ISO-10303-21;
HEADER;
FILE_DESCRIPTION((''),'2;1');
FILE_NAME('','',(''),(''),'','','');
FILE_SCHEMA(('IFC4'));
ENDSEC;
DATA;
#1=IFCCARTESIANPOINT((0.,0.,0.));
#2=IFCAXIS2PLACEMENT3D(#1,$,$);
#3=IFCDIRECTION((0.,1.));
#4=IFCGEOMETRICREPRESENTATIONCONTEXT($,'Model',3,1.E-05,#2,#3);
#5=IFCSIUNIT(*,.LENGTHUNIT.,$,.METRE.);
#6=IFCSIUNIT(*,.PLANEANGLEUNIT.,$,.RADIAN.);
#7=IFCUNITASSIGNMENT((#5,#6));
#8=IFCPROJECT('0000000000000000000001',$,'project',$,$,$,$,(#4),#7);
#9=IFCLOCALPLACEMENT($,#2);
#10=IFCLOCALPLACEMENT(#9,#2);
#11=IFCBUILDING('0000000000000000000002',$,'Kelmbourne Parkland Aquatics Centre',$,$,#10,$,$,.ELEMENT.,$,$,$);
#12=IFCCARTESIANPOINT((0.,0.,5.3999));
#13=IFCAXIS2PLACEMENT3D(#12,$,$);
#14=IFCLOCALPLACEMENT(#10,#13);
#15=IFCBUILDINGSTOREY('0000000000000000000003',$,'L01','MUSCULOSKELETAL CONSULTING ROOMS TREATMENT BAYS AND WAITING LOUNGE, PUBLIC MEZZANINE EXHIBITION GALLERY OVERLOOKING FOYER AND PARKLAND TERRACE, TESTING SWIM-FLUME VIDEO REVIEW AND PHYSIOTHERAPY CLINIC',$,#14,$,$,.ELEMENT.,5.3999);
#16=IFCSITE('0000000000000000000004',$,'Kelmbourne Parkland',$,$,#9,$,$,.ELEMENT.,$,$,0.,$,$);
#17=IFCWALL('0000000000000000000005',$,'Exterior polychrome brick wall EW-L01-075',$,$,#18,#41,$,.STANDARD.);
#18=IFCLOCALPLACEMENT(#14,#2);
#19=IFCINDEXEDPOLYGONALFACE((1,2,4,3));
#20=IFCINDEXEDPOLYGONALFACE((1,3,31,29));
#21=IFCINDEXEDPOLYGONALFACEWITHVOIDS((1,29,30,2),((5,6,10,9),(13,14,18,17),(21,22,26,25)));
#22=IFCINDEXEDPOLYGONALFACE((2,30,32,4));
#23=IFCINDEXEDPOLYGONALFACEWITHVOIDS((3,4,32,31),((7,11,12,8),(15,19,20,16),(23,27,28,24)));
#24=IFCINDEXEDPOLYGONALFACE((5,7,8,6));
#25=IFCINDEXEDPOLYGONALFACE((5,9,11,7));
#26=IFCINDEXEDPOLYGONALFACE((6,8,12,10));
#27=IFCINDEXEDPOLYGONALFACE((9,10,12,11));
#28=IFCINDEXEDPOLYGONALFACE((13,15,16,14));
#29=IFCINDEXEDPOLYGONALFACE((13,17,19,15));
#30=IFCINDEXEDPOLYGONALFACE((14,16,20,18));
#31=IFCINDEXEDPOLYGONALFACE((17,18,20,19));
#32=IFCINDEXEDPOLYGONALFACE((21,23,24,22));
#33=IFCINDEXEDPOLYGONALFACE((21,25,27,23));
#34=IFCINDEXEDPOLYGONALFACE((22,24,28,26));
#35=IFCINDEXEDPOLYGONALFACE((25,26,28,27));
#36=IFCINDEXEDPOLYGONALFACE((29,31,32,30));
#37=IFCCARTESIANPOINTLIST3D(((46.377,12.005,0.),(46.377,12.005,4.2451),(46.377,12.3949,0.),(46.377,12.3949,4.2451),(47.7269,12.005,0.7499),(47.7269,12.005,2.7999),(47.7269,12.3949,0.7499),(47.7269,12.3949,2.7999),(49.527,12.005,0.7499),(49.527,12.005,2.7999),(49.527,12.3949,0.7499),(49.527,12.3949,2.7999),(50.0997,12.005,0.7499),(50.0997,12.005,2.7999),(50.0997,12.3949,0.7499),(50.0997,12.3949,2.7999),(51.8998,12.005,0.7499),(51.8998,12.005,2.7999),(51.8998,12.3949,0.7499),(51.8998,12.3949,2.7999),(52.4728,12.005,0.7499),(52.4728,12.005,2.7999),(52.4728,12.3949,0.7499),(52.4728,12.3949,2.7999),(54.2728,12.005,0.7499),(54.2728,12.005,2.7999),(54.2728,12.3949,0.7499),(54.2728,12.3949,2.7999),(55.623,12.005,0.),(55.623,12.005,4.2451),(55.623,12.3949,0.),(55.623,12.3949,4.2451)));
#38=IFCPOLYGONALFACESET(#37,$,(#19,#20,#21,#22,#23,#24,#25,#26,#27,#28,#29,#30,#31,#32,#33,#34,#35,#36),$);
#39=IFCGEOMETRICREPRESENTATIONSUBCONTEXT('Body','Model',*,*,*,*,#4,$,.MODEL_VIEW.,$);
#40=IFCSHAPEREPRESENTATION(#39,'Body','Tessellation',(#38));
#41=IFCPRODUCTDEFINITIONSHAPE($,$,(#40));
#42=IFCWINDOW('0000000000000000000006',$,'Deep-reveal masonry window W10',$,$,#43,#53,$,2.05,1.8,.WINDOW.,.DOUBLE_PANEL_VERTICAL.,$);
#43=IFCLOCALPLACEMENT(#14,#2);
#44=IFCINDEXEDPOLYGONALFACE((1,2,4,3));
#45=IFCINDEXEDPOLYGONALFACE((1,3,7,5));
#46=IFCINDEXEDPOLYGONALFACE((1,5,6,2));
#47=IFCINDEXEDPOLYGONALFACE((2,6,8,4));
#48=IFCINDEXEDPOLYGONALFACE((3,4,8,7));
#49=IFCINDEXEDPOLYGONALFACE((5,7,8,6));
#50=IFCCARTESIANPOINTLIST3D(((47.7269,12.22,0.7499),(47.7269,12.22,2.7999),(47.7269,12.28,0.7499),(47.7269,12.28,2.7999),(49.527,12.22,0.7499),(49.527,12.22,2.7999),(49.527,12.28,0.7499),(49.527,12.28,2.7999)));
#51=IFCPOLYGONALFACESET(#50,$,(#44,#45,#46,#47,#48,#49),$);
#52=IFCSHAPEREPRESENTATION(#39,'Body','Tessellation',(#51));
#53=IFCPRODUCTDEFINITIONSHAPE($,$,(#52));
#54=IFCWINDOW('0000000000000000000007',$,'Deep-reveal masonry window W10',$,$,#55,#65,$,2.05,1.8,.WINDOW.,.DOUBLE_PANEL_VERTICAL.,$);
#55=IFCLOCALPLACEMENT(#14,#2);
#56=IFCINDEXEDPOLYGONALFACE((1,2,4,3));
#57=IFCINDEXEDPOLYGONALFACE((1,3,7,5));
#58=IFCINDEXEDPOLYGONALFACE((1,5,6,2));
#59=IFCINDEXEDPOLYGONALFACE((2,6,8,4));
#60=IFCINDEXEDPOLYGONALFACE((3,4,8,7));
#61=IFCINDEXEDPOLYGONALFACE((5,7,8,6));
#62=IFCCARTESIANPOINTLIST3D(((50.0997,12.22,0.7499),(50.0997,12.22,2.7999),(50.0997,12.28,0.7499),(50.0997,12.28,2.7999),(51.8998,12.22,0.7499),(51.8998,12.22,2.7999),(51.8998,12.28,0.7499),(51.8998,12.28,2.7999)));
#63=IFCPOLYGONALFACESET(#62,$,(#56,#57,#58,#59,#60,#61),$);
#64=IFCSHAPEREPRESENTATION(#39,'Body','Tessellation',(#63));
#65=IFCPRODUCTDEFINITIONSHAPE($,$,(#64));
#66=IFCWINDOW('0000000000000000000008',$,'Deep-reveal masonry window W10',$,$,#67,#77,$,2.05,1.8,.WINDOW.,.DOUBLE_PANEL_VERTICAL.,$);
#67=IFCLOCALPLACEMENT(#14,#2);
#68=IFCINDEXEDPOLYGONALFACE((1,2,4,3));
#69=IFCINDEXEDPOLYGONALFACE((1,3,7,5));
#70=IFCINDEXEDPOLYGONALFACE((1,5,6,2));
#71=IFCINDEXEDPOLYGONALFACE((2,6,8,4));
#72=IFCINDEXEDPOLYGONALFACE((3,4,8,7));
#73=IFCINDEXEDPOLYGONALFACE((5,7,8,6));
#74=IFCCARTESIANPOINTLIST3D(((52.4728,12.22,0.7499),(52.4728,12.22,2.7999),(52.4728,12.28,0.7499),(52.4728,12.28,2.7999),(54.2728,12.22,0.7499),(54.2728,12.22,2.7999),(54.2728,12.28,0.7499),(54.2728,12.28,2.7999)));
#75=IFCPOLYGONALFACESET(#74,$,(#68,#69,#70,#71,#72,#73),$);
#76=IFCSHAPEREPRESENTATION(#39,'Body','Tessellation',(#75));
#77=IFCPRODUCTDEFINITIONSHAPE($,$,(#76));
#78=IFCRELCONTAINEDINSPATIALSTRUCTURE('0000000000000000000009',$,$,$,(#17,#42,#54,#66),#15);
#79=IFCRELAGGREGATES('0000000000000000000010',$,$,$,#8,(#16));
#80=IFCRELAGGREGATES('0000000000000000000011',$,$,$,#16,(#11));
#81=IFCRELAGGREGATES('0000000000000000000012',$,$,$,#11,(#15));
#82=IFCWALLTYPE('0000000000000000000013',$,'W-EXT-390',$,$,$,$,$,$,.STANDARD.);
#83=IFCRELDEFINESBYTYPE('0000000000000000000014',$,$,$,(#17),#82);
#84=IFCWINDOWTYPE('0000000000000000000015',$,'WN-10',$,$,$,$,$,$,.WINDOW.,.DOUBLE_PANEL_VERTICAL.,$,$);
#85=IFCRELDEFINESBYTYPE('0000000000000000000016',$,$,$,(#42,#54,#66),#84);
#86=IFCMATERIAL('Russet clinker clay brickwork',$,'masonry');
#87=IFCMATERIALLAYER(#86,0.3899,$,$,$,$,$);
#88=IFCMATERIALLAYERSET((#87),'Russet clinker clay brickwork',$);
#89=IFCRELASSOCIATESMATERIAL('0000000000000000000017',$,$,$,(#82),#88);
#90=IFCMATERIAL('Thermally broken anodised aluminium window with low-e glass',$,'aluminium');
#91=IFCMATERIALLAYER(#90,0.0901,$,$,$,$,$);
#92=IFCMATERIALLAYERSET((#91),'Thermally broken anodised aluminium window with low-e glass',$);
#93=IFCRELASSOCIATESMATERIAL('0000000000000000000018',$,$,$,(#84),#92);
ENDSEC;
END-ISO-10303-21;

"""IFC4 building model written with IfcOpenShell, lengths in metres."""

from ifc_helpers import new_model, si_unit, direction, frame, frame_2d, origin, place, context, subcontext, project, spatial, rectangle, extrude, material, layer, layer_set, type_object, element, fill, save


model = new_model("IFC4")

# Units and contexts
model_context = context("Model", 3, precision=1e-05, world=origin(), true_north=direction((0.0, 1.0)))
body_context = subcontext(model_context, "Body", "Model", "MODEL_VIEW")
ifc_project = project(units=[si_unit("LENGTHUNIT", "METRE"), si_unit("PLANEANGLEUNIT", "RADIAN")], contexts=[model_context])

# Site, building, storey
site_placement = place(None, origin())
site = spatial("IfcSite", under=ifc_project, at=site_placement, Name="Kelmbourne Parkland", CompositionType="ELEMENT", RefElevation=0.0)
building_placement = place(site_placement, origin())
building = spatial("IfcBuilding", under=site, at=building_placement, Name="Kelmbourne Parkland Aquatics Centre", CompositionType="ELEMENT")
storey_placement = place(building_placement, frame((0.0, 0.0, 5.3999)))
storey = spatial("IfcBuildingStorey", under=building, at=storey_placement, Name="L01", Description="MUSCULOSKELETAL CONSULTING ROOMS TREATMENT BAYS AND WAITING LOUNGE, PUBLIC MEZZANINE EXHIBITION GALLERY OVERLOOKING FOYER AND PARKLAND TERRACE, TESTING SWIM-FLUME VIDEO REVIEW AND PHYSIOTHERAPY CLINIC", CompositionType="ELEMENT", Elevation=5.3999)

# Wall, openings, windows
ifc_material_1 = material(Name="Russet clinker clay brickwork", Category="masonry")
ifc_material_2 = material(Name="Thermally broken anodised aluminium window with low-e glass", Category="aluminium")
ifc_layer_1 = layer(ifc_material_1, 0.3899)
ifc_layer_set_1 = layer_set([ifc_layer_1], Name="Russet clinker clay brickwork")
wall_type_1 = type_object("IfcWallType", Name="W-EXT-390", PredefinedType="STANDARD", material=ifc_layer_set_1)
wall_1_placement = place(storey_placement, frame((46.377, 12.2, 0.0), z_axis=(0.0, 0.0, 1.0), x_axis=(1.0, 0.0, 0.0)))
wall_1 = element("IfcWall", 1, at=wall_1_placement, inside=storey, type_object=wall_type_1, Name="Exterior polychrome brick wall EW-L01-075", PredefinedType="STANDARD", context=body_context, shape_type="SweptSolid", body=[
    extrude(rectangle(XDim=9.2461, YDim=0.3899, at=frame_2d((4.623, 0.0))), origin(), (0.0, 0.0, 1.0), 4.2451),
])
opening_1_placement = place(wall_1_placement, frame((1.3501, 0.0, 0.75)))
opening_1 = element("IfcOpeningElement", 2, at=opening_1_placement, cuts=wall_1, PredefinedType="OPENING", context=body_context, shape_type="SweptSolid", body=[
    extrude(rectangle(XDim=1.8, YDim=2.05, at=frame_2d((0.8999, 1.0249))), frame((0.0, 0.207, 0.0), z_axis=(0.0, -1.0, 0.0), x_axis=(1.0, 0.0, 0.0)), (0.0, 0.0, 1.0), 0.4138),
])
opening_2_placement = place(wall_1_placement, frame((3.7229, 0.0, 0.75)))
opening_2 = element("IfcOpeningElement", 3, at=opening_2_placement, cuts=wall_1, PredefinedType="OPENING", context=body_context, shape_type="SweptSolid", body=[
    extrude(rectangle(XDim=1.8, YDim=2.05, at=frame_2d((0.8999, 1.0249))), frame((0.0, 0.207, 0.0), z_axis=(0.0, -1.0, 0.0), x_axis=(1.0, 0.0, 0.0)), (0.0, 0.0, 1.0), 0.4138),
])
opening_3_placement = place(wall_1_placement, frame((6.0959, 0.0, 0.75)))
opening_3 = element("IfcOpeningElement", 4, at=opening_3_placement, cuts=wall_1, PredefinedType="OPENING", context=body_context, shape_type="SweptSolid", body=[
    extrude(rectangle(XDim=1.8, YDim=2.05, at=frame_2d((0.8999, 1.0249))), frame((0.0, 0.207, 0.0), z_axis=(0.0, -1.0, 0.0), x_axis=(1.0, 0.0, 0.0)), (0.0, 0.0, 1.0), 0.4138),
])
ifc_layer_2 = layer(ifc_material_2, 0.0901)
ifc_layer_set_2 = layer_set([ifc_layer_2], Name="Thermally broken anodised aluminium window with low-e glass")
window_type_1 = type_object("IfcWindowType", Name="WN-10", PartitioningType="DOUBLE_PANEL_VERTICAL", PredefinedType="WINDOW", material=ifc_layer_set_2)
window_1_placement = place(opening_1_placement, origin())
window_1 = element("IfcWindow", 5, at=window_1_placement, inside=storey, type_object=window_type_1, Name="Deep-reveal masonry window W10", OverallHeight=2.05, OverallWidth=1.8, PartitioningType="DOUBLE_PANEL_VERTICAL", PredefinedType="WINDOW", context=body_context, shape_type="SweptSolid", body=[
    extrude(rectangle(XDim=1.8, YDim=2.05, at=frame_2d((0.8999, 1.0249))), frame((0.0, 0.0801, 0.0), z_axis=(0.0, -1.0, 0.0), x_axis=(1.0, 0.0, 0.0)), (0.0, 0.0, 1.0), 0.0601),
])
fill(opening_1, window_1)
window_2_placement = place(opening_2_placement, origin())
window_2 = element("IfcWindow", 6, at=window_2_placement, inside=storey, type_object=window_type_1, Name="Deep-reveal masonry window W10", OverallHeight=2.05, OverallWidth=1.8, PartitioningType="DOUBLE_PANEL_VERTICAL", PredefinedType="WINDOW", context=body_context, shape_type="SweptSolid", body=[
    extrude(rectangle(XDim=1.8, YDim=2.05, at=frame_2d((0.8999, 1.0249))), frame((0.0, 0.0801, 0.0), z_axis=(0.0, -1.0, 0.0), x_axis=(1.0, 0.0, 0.0)), (0.0, 0.0, 1.0), 0.0601),
])
fill(opening_2, window_2)
window_3_placement = place(opening_3_placement, origin())
window_3 = element("IfcWindow", 7, at=window_3_placement, inside=storey, type_object=window_type_1, Name="Deep-reveal masonry window W10", OverallHeight=2.05, OverallWidth=1.8, PartitioningType="DOUBLE_PANEL_VERTICAL", PredefinedType="WINDOW", context=body_context, shape_type="SweptSolid", body=[
    extrude(rectangle(XDim=1.8, YDim=2.05, at=frame_2d((0.8999, 1.0249))), frame((0.0, 0.0801, 0.0), z_axis=(0.0, -1.0, 0.0), x_axis=(1.0, 0.0, 0.0)), (0.0, 0.0, 1.0), 0.0601),
])
fill(opening_3, window_3)

save(model, "model.ifc")
